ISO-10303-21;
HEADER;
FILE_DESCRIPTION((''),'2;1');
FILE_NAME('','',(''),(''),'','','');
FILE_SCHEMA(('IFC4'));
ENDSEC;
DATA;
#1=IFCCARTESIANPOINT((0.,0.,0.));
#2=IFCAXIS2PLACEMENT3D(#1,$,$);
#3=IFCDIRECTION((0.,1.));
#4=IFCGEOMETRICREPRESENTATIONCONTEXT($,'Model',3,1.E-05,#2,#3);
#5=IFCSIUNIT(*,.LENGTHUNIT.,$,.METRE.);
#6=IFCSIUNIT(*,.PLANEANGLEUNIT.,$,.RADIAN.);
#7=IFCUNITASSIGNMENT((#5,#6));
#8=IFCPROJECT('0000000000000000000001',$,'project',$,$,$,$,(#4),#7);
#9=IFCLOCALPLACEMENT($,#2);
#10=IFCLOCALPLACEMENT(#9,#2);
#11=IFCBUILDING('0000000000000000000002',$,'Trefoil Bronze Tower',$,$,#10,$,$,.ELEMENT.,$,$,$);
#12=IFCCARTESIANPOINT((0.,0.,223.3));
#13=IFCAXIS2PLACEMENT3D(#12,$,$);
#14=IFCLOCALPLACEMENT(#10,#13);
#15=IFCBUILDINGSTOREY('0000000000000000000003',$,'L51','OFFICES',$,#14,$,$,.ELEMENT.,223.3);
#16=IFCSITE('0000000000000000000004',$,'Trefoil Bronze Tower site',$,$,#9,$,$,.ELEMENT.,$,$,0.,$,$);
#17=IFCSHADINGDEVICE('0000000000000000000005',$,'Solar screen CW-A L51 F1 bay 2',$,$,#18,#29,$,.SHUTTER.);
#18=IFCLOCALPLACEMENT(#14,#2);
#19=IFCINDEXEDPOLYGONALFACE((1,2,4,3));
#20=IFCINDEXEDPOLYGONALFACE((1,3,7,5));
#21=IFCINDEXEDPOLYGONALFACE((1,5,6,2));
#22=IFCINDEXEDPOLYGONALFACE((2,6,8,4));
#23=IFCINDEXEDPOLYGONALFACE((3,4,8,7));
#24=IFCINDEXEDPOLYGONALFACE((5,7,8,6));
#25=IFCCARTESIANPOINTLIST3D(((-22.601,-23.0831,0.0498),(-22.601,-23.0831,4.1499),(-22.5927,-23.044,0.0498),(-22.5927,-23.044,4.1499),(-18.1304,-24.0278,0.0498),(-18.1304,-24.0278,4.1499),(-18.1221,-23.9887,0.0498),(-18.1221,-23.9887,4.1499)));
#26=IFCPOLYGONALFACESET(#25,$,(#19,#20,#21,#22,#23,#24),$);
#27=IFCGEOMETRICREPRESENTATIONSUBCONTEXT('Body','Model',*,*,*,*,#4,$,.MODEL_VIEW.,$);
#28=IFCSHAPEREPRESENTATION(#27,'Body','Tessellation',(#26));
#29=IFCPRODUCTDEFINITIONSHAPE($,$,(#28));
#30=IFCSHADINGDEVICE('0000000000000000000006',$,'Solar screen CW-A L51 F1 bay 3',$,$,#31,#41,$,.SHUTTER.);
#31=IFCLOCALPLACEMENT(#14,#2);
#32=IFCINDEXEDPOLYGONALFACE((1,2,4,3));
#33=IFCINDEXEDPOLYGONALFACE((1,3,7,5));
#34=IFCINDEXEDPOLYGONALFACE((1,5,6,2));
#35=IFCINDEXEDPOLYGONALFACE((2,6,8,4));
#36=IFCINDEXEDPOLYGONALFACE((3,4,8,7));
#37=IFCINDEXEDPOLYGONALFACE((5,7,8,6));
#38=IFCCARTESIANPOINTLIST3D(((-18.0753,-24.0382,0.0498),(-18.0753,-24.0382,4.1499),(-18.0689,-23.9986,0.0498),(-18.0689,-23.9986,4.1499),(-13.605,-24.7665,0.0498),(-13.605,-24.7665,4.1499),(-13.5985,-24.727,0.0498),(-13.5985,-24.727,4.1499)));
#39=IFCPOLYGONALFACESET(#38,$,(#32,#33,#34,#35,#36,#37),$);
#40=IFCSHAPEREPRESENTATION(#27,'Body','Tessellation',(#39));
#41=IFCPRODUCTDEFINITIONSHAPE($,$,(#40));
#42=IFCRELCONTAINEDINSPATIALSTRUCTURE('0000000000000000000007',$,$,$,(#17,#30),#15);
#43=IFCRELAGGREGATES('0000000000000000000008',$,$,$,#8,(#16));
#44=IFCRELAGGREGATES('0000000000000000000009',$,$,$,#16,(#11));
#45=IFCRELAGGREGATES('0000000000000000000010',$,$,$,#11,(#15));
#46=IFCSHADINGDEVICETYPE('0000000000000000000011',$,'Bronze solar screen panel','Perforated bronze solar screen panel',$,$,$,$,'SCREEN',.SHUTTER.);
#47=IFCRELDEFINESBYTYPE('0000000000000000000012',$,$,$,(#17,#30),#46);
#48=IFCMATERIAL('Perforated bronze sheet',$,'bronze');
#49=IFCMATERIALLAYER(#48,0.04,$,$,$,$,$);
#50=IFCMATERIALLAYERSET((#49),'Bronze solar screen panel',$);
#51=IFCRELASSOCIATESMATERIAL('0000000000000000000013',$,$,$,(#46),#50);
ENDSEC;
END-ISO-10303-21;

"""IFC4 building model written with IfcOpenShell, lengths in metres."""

from ifc_helpers import new_model, si_unit, direction, frame, origin, origin_2d, place, context, subcontext, project, spatial, rectangle, extrude, material, layer, layer_set, type_object, element, save


model = new_model("IFC4")

# Units and contexts
model_context = context("Model", 3, precision=1e-05, world=origin(), true_north=direction((0.0, 1.0)))
body_context = subcontext(model_context, "Body", "Model", "MODEL_VIEW")
ifc_project = project(units=[si_unit("LENGTHUNIT", "METRE"), si_unit("PLANEANGLEUNIT", "RADIAN")], contexts=[model_context])

# Site, building, storey
site_placement = place(None, origin())
site = spatial("IfcSite", under=ifc_project, at=site_placement, Name="Trefoil Bronze Tower site", CompositionType="ELEMENT", RefElevation=0.0)
building_placement = place(site_placement, origin())
building = spatial("IfcBuilding", under=site, at=building_placement, Name="Trefoil Bronze Tower", CompositionType="ELEMENT")
storey_placement = place(building_placement, frame((0.0, 0.0, 223.3)))
storey = spatial("IfcBuildingStorey", under=building, at=storey_placement, Name="L51", Description="OFFICES", CompositionType="ELEMENT", Elevation=223.3)

# Shading devices
ifc_material_1 = material(Name="Perforated bronze sheet", Category="bronze")
ifc_layer_1 = layer(ifc_material_1, 0.04)
ifc_layer_set_1 = layer_set([ifc_layer_1], Name="Bronze solar screen panel")
shading_device_type = type_object("IfcShadingDeviceType", Name="Bronze solar screen panel", Description="Perforated bronze solar screen panel", ElementType="SCREEN", PredefinedType="SHUTTER", material=ifc_layer_set_1)
shading_device_1_placement = place(storey_placement, frame((-20.3616, -23.5359, 0.0498), z_axis=(0.0, 0.0, 1.0), x_axis=(0.978394, -0.206747, 0.0)))
element("IfcShadingDevice", 1, at=shading_device_1_placement, inside=storey, type_object=shading_device_type, Name="Solar screen CW-A L51 F1 bay 2", PredefinedType="SHUTTER", context=body_context, shape_type="SweptSolid", body=[
    extrude(rectangle(XDim=4.5693, YDim=0.04, at=origin_2d()), origin(), (0.0, 0.0, 1.0), 4.1001),
])
shading_device_2_placement = place(storey_placement, frame((-15.8369, -24.3826, 0.0498), z_axis=(0.0, 0.0, 1.0), x_axis=(0.986987, -0.160803, 0.0)))
element("IfcShadingDevice", 2, at=shading_device_2_placement, inside=storey, type_object=shading_device_type, Name="Solar screen CW-A L51 F1 bay 3", PredefinedType="SHUTTER", context=body_context, shape_type="SweptSolid", body=[
    extrude(rectangle(XDim=4.5293, YDim=0.04, at=origin_2d()), origin(), (0.0, 0.0, 1.0), 4.1001),
])

save(model, "model.ifc")
